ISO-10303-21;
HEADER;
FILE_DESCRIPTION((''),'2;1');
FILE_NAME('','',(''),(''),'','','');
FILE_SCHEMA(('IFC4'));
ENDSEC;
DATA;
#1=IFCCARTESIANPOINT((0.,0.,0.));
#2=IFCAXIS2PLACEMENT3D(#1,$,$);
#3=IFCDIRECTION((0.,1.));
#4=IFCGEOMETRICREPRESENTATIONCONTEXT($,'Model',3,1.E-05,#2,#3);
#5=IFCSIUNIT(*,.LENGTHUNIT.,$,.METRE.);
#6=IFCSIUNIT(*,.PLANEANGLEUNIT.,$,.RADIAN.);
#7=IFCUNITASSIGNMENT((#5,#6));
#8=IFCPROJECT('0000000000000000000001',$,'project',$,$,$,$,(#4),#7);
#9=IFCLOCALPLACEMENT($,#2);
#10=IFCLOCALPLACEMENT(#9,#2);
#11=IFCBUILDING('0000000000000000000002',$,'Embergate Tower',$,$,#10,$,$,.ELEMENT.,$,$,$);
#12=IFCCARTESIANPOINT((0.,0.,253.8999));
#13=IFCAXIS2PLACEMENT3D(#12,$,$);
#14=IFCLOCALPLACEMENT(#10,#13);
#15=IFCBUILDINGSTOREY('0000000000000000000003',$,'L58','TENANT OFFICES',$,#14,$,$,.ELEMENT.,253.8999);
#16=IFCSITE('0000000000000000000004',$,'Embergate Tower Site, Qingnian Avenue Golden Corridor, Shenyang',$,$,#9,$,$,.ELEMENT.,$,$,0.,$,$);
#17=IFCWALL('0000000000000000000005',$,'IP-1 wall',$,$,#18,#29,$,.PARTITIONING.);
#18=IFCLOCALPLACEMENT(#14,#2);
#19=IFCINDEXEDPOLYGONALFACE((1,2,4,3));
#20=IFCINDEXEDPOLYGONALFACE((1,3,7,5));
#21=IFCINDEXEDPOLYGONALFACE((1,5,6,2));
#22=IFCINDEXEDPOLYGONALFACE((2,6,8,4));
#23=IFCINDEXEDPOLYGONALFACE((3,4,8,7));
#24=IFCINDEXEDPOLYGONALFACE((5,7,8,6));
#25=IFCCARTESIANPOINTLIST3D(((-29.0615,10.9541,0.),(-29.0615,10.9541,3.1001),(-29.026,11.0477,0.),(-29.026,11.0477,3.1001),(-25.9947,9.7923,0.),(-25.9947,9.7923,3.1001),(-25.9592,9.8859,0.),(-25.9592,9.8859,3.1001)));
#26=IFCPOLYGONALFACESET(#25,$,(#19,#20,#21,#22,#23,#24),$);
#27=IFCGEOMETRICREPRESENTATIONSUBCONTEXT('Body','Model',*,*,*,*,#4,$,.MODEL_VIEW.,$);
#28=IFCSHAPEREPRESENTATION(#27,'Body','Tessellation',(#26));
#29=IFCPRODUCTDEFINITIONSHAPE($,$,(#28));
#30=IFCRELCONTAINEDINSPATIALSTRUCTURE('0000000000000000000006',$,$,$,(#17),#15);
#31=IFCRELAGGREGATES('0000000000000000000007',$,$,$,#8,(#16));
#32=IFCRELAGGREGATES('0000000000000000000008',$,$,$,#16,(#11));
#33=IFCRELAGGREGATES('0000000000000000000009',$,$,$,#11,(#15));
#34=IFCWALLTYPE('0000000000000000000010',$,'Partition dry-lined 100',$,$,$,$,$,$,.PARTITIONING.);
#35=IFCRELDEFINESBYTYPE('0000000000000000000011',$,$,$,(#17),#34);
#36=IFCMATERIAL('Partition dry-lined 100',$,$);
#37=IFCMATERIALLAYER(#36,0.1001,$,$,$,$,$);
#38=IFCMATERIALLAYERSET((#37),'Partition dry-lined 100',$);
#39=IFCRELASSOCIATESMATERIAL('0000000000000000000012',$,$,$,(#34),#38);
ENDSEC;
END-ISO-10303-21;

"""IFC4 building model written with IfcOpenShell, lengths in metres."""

from ifc_helpers import new_model, si_unit, direction, frame, frame_2d, origin, place, context, subcontext, project, spatial, rectangle, extrude, source, transform, mapped, material, layer, layer_set, type_object, element, save


model = new_model("IFC4")

# Units and contexts
model_context = context("Model", 3, precision=1e-05, world=origin(), true_north=direction((0.0, 1.0)))
body_context = subcontext(model_context, "Body", "Model", "MODEL_VIEW")
ifc_project = project(units=[si_unit("LENGTHUNIT", "METRE"), si_unit("PLANEANGLEUNIT", "RADIAN")], contexts=[model_context])

# Site, building, storey
site_placement = place(None, origin())
site = spatial("IfcSite", under=ifc_project, at=site_placement, Name="Embergate Tower Site, Qingnian Avenue Golden Corridor, Shenyang", CompositionType="ELEMENT", RefElevation=0.0)
building_placement = place(site_placement, origin())
building = spatial("IfcBuilding", under=site, at=building_placement, Name="Embergate Tower", CompositionType="ELEMENT")
storey_placement = place(building_placement, frame((0.0, 0.0, 253.8999)))
storey = spatial("IfcBuildingStorey", under=building, at=storey_placement, Name="L58", Description="TENANT OFFICES", CompositionType="ELEMENT", Elevation=253.8999)

# Wall
ifc_material_1 = material(Name="Partition dry-lined 100")
ifc_layer_1 = layer(ifc_material_1, 0.1001)
ifc_layer_set_1 = layer_set([ifc_layer_1], Name="Partition dry-lined 100")
wall_type_1 = type_object("IfcWallType", Name="Partition dry-lined 100", PredefinedType="PARTITIONING", material=ifc_layer_set_1)
shared_shape_1 = source(origin(), body_context, "Body", "SweptSolid", [
    extrude(rectangle(XDim=3.2795, YDim=0.1001, at=frame_2d((1.6396, 0.0))), origin(), (0.0, 0.0, 1.0), 3.1001),
])
wall_1_placement = place(storey_placement, frame((-25.9771, 9.8391, 0.0), z_axis=(0.0, 0.0, 1.0), x_axis=(-0.935143, 0.35427, 0.0)))
element("IfcWall", 1, at=wall_1_placement, inside=storey, type_object=wall_type_1, Name="IP-1 wall", PredefinedType="PARTITIONING", context=body_context, shape_type="MappedRepresentation", body=[
    mapped(shared_shape_1, transform((0.0, 0.0, 0.0))),
])

save(model, "model.ifc")
